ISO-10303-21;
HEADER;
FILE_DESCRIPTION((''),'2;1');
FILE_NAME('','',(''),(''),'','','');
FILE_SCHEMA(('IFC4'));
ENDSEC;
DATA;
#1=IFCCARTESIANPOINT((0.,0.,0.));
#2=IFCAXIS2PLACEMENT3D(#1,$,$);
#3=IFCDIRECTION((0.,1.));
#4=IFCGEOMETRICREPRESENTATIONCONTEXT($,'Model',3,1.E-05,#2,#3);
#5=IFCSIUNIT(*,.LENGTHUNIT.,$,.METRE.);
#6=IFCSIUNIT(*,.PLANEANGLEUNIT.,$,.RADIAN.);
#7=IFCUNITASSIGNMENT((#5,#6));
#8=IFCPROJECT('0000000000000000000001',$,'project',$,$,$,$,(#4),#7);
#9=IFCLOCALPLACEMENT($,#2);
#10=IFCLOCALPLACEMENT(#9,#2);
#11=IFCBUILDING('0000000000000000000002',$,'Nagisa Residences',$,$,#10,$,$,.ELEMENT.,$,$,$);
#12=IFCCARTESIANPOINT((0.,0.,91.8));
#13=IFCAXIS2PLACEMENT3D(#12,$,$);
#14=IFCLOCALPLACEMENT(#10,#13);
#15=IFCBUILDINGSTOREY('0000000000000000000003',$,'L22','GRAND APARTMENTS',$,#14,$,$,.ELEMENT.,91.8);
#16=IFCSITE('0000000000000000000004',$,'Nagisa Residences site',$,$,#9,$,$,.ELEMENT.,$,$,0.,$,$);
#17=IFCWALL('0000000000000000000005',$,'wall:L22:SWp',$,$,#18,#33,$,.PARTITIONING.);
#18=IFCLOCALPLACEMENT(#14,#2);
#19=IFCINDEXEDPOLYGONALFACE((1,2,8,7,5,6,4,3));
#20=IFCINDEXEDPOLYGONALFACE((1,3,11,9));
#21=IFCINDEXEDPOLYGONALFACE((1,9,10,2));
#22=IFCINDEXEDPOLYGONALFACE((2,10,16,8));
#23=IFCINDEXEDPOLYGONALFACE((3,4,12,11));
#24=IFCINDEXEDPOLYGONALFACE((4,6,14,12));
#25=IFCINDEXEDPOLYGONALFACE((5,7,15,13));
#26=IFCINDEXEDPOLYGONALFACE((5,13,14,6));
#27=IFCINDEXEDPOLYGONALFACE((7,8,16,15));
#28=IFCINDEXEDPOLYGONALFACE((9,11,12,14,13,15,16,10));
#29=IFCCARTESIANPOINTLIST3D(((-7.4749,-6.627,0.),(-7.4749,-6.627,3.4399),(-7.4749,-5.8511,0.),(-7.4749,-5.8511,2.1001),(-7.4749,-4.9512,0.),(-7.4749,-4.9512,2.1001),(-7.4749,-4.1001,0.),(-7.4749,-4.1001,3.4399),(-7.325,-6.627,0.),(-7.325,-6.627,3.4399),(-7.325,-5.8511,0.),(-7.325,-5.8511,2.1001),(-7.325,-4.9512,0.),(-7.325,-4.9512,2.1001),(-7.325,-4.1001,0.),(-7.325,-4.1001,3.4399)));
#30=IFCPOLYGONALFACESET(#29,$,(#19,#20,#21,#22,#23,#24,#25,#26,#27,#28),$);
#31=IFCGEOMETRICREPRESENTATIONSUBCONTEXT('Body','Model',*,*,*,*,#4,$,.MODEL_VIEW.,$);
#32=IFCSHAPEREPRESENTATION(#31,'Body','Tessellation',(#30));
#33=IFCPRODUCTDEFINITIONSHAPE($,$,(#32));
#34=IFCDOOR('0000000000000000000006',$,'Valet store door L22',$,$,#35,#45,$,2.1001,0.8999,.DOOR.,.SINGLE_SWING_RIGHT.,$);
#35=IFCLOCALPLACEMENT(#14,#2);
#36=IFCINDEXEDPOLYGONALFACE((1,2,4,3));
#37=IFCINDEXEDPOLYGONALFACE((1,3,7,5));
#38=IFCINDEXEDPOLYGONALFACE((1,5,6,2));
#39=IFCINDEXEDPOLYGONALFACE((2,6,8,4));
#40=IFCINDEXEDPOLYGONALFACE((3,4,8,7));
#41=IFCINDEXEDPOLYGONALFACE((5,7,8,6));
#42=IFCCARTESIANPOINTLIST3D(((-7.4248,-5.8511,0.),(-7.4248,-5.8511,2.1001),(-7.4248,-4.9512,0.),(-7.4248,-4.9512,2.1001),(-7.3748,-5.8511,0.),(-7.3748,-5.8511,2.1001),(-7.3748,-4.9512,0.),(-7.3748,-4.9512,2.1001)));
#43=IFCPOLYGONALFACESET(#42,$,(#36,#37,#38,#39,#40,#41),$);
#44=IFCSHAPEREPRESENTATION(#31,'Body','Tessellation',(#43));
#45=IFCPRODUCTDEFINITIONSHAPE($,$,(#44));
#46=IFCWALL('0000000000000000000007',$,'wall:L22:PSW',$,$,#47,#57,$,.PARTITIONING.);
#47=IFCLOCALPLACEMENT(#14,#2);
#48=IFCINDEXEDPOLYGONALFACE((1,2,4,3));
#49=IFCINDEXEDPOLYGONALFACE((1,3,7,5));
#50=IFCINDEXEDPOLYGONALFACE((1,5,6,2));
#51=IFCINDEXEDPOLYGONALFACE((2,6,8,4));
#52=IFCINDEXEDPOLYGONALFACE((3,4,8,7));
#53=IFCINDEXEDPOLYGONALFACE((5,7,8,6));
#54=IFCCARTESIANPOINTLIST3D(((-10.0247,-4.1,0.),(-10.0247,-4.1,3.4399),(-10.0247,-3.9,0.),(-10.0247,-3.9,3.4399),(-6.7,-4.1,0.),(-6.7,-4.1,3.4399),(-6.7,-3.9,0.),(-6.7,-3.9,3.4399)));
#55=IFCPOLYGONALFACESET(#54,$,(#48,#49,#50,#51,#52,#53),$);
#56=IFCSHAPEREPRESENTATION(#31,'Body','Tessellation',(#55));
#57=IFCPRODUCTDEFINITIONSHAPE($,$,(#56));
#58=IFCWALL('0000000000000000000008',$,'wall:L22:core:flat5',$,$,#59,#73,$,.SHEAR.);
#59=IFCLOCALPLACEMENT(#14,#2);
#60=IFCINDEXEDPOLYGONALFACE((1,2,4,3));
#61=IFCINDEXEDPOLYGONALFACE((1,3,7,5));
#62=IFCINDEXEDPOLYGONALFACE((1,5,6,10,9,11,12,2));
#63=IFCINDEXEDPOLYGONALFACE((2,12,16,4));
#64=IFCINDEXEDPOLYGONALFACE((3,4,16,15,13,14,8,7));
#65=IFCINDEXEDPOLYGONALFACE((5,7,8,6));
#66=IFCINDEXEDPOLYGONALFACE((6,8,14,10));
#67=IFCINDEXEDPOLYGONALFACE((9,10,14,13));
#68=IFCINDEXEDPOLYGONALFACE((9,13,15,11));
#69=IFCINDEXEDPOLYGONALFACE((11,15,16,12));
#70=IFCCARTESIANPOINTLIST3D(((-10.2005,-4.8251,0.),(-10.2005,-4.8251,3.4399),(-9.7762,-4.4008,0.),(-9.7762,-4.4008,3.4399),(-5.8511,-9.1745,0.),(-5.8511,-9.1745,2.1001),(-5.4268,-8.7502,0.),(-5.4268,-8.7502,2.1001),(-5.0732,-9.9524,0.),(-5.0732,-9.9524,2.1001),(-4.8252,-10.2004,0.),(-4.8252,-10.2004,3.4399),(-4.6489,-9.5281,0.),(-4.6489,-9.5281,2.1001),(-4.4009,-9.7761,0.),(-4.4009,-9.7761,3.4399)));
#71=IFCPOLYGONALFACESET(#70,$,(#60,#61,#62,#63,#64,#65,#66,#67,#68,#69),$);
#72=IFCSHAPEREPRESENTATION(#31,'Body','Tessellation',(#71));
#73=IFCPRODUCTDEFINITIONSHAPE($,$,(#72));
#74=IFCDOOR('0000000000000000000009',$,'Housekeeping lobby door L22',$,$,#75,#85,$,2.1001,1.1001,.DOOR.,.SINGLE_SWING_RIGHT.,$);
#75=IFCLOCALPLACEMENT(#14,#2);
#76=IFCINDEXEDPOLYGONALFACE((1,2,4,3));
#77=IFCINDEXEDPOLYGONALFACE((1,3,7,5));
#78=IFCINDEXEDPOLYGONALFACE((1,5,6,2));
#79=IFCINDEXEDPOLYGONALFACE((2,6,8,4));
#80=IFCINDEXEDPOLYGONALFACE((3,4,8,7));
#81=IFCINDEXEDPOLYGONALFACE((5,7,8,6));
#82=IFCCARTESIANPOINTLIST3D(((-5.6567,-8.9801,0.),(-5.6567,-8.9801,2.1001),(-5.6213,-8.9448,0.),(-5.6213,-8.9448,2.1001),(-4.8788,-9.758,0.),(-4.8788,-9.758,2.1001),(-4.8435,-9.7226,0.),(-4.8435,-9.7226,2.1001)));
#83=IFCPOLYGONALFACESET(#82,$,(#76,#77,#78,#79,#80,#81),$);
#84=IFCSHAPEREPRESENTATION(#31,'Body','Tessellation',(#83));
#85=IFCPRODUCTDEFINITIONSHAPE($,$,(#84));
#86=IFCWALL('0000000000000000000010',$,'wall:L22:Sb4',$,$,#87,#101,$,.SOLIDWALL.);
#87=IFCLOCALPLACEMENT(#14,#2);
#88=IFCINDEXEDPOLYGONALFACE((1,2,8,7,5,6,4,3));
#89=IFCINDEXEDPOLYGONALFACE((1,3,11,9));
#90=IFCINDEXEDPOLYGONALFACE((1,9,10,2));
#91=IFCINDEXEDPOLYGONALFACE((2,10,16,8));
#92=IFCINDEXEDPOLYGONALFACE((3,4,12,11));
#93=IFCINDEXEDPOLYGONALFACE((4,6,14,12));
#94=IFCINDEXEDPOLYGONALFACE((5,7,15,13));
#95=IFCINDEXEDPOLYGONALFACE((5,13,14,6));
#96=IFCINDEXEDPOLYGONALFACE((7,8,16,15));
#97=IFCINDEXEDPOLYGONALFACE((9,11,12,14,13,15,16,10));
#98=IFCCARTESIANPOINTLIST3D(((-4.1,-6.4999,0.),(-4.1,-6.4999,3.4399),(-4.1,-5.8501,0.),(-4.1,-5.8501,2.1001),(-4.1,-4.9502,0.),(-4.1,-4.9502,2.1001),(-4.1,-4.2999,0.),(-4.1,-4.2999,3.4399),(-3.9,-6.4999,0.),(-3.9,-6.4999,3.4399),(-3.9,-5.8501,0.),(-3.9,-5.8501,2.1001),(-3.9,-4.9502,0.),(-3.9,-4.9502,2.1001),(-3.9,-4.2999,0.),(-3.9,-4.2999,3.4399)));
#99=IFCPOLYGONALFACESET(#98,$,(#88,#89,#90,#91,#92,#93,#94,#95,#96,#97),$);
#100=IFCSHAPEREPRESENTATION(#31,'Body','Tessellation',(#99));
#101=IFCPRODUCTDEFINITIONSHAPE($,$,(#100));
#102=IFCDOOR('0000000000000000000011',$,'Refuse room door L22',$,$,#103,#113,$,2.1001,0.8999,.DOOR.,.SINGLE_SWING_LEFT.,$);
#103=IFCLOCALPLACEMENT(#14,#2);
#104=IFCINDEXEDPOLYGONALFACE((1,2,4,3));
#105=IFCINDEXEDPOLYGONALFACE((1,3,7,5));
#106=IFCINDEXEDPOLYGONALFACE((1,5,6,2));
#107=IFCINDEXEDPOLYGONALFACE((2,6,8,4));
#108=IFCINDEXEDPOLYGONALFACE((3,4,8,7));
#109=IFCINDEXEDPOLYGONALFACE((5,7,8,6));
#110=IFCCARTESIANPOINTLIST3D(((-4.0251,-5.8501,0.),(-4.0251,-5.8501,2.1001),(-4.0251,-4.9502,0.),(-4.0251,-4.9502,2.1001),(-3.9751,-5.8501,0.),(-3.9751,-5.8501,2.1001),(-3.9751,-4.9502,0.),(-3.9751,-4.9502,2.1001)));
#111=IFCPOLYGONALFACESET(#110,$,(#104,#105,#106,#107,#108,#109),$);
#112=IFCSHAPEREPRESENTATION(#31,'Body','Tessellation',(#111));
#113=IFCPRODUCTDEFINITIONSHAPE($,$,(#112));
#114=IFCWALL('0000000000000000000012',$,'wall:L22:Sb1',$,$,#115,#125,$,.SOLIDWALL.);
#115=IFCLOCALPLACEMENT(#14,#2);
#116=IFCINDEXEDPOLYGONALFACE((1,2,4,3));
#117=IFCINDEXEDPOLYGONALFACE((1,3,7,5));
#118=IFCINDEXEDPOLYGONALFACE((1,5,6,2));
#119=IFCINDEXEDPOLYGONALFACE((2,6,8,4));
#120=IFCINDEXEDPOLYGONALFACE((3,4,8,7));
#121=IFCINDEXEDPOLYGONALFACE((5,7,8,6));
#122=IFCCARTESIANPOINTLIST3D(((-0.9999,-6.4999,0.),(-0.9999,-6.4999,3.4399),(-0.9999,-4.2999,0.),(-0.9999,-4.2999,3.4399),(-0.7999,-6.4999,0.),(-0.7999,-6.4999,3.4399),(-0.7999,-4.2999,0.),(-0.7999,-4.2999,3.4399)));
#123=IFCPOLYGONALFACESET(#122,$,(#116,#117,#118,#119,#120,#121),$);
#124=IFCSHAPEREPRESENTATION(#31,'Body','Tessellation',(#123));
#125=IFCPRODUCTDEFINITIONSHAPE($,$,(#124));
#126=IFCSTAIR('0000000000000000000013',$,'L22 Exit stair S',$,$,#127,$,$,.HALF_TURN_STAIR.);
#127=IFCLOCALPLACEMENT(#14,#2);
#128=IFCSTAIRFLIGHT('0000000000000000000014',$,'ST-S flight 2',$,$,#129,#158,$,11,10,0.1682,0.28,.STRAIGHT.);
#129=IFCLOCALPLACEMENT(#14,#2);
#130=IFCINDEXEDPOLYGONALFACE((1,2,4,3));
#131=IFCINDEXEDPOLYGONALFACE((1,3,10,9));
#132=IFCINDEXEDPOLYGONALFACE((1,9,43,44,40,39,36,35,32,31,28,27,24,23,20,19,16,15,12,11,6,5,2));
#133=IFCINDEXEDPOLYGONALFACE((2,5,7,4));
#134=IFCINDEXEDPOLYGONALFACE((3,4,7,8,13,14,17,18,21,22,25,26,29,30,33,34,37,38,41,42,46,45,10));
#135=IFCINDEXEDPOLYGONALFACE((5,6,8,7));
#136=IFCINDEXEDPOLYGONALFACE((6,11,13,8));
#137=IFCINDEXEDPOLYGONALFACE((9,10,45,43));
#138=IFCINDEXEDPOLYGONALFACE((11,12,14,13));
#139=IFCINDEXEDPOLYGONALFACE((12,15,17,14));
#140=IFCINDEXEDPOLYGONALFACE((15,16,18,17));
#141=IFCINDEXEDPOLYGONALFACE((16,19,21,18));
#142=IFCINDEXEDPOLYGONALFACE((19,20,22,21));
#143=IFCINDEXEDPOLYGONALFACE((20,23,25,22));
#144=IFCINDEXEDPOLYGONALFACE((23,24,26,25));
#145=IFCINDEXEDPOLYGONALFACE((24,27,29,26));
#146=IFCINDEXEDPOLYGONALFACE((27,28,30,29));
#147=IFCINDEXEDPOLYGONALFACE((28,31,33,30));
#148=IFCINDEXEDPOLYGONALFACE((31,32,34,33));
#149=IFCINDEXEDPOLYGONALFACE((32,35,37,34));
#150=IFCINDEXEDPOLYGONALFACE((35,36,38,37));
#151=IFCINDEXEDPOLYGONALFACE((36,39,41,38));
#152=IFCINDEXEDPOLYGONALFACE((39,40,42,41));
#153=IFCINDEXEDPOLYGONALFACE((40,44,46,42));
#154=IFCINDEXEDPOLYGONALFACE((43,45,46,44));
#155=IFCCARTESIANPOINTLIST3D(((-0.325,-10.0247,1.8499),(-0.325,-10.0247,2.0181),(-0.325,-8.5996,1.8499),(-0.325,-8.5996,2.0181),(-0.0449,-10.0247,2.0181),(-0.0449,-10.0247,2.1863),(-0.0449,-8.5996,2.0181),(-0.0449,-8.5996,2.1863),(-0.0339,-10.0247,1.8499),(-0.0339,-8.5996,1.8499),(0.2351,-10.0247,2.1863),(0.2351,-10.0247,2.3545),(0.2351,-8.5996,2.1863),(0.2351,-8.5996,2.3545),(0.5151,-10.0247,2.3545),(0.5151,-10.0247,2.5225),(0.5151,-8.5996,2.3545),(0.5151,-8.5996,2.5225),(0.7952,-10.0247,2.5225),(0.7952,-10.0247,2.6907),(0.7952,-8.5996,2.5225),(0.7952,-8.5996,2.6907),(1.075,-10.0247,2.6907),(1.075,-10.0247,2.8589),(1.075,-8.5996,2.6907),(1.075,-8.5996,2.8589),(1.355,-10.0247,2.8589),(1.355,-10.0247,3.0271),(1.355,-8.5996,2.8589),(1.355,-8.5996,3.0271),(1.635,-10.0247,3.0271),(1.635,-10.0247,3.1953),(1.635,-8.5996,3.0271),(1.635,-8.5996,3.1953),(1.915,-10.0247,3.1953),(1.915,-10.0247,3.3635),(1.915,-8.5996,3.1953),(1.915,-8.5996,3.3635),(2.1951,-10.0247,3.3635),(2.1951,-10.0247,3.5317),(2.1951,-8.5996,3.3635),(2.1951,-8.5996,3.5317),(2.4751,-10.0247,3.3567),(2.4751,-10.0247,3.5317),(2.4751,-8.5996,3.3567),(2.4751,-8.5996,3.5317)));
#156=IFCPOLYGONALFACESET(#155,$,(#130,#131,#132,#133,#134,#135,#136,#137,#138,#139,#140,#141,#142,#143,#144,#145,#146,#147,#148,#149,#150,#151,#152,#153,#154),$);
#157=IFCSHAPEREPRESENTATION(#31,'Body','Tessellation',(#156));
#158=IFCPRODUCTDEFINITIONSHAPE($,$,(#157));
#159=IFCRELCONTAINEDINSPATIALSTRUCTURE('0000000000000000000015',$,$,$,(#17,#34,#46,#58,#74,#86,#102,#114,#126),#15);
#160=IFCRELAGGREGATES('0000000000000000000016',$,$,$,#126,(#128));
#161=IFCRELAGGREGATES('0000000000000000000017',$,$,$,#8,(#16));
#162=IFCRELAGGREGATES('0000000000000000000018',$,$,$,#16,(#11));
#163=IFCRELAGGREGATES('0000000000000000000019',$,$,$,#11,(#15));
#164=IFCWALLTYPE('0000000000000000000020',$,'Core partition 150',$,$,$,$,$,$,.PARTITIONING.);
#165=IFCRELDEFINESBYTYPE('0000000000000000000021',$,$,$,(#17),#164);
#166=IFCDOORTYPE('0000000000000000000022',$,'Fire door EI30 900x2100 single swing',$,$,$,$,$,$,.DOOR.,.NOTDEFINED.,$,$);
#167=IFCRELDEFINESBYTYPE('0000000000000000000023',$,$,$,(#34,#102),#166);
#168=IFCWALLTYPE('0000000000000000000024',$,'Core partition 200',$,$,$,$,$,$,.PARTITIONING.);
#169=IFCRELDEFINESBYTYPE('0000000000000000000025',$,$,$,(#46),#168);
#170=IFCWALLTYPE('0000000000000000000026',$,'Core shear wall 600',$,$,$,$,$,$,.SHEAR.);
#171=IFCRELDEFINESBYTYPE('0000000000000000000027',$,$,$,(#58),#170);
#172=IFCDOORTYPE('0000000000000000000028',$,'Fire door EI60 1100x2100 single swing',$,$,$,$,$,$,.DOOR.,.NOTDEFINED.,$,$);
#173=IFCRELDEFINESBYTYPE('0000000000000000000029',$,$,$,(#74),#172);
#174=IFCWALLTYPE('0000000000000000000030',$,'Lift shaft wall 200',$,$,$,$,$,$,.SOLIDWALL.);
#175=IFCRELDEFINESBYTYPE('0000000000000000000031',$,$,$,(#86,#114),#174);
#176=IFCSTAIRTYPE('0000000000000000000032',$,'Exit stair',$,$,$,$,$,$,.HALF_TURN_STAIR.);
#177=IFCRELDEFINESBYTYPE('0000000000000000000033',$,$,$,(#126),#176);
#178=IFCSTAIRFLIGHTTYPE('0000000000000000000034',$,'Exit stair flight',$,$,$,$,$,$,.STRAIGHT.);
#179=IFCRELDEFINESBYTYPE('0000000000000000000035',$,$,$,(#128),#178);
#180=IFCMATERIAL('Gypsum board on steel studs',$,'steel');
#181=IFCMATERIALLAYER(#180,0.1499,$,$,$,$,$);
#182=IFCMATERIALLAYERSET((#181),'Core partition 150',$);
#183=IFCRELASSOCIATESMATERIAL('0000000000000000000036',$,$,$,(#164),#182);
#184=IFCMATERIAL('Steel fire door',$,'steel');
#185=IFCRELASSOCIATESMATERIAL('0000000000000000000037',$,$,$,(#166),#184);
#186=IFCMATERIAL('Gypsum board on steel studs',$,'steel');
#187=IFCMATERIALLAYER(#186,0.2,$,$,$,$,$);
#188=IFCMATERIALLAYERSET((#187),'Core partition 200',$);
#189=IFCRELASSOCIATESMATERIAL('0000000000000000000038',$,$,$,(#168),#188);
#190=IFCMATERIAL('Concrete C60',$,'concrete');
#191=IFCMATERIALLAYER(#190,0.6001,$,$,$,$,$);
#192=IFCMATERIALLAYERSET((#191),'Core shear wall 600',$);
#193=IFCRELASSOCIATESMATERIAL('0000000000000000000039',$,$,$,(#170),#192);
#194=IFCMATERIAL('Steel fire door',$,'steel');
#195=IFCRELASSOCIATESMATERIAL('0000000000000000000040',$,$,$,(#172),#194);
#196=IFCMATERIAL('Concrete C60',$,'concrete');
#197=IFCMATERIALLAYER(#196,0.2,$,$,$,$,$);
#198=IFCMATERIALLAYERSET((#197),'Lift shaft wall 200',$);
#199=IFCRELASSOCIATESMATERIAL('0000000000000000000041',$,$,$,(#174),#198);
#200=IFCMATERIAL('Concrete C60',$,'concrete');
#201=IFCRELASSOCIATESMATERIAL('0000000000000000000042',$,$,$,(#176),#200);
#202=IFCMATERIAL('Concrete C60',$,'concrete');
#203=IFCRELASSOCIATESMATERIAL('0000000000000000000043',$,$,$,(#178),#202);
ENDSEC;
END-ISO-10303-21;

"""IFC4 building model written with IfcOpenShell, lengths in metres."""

from ifc_helpers import new_model, si_unit, direction, frame, frame_2d, origin, place, context, subcontext, project, spatial, polyline, rectangle, outline, extrude, material, layer, layer_set, type_object, element, fill, aggregate, save


model = new_model("IFC4")

# Units and contexts
model_context = context("Model", 3, precision=1e-05, world=origin(), true_north=direction((0.0, 1.0)))
body_context = subcontext(model_context, "Body", "Model", "MODEL_VIEW")
ifc_project = project(units=[si_unit("LENGTHUNIT", "METRE"), si_unit("PLANEANGLEUNIT", "RADIAN")], contexts=[model_context])

# Site, building, storey
site_placement = place(None, origin())
site = spatial("IfcSite", under=ifc_project, at=site_placement, Name="Nagisa Residences site", CompositionType="ELEMENT", RefElevation=0.0)
building_placement = place(site_placement, origin())
building = spatial("IfcBuilding", under=site, at=building_placement, Name="Nagisa Residences", CompositionType="ELEMENT")
storey_placement = place(building_placement, frame((0.0, 0.0, 91.8)))
storey = spatial("IfcBuildingStorey", under=building, at=storey_placement, Name="L22", Description="GRAND APARTMENTS", CompositionType="ELEMENT", Elevation=91.8)

# Wall, opening, door
ifc_material_1 = material(Name="Gypsum board on steel studs", Category="steel")
ifc_layer_1 = layer(ifc_material_1, 0.1499)
ifc_layer_set_1 = layer_set([ifc_layer_1], Name="Core partition 150")
wall_type_1 = type_object("IfcWallType", Name="Core partition 150", PredefinedType="PARTITIONING", material=ifc_layer_set_1)
wall_1_placement = place(storey_placement, frame((-7.3999, -6.627, 0.0), z_axis=(0.0, 0.0, 1.0), x_axis=(0.0, 1.0, 0.0)))
wall_1 = element("IfcWall", 1, at=wall_1_placement, inside=storey, type_object=wall_type_1, Name="wall:L22:SWp", PredefinedType="PARTITIONING", context=body_context, shape_type="SweptSolid", body=[
    extrude(rectangle(XDim=2.5269, YDim=0.1499, at=frame_2d((1.2634, 0.0))), origin(), (0.0, 0.0, 1.0), 3.4399),
])
opening_1_placement = place(wall_1_placement, frame((0.7759, 0.0, 0.0)))
opening_1 = element("IfcOpeningElement", 2, at=opening_1_placement, cuts=wall_1, PredefinedType="OPENING", context=body_context, shape_type="SweptSolid", body=[
    extrude(rectangle(XDim=0.8999, YDim=2.1001, at=frame_2d((0.45, 1.05))), frame((0.0, 0.085, 0.0), z_axis=(0.0, -1.0, 0.0), x_axis=(1.0, 0.0, 0.0)), (0.0, 0.0, 1.0), 0.1699),
])
ifc_material_2 = material(Name="Steel fire door", Category="steel")
door_type_1 = type_object("IfcDoorType", Name="Fire door EI30 900x2100 single swing", OperationType="NOTDEFINED", PredefinedType="DOOR", material=ifc_material_2)
door_1_placement = place(opening_1_placement, origin())
door_1 = element("IfcDoor", 3, at=door_1_placement, inside=storey, type_object=door_type_1, Name="Valet store door L22", OperationType="SINGLE_SWING_RIGHT", OverallHeight=2.1001, OverallWidth=0.8999, PredefinedType="DOOR", context=body_context, shape_type="SweptSolid", body=[
    extrude(rectangle(XDim=0.8999, YDim=2.1001, at=frame_2d((0.45, 1.05))), frame((0.0, 0.0249, 0.0), z_axis=(0.0, -1.0, 0.0), x_axis=(1.0, 0.0, 0.0)), (0.0, 0.0, 1.0), 0.05),
])
fill(opening_1, door_1)

# Wall
ifc_material_3 = material(Name="Gypsum board on steel studs", Category="steel")
ifc_layer_2 = layer(ifc_material_3, 0.2)
ifc_layer_set_2 = layer_set([ifc_layer_2], Name="Core partition 200")
wall_type_2 = type_object("IfcWallType", Name="Core partition 200", PredefinedType="PARTITIONING", material=ifc_layer_set_2)
wall_2_placement = place(storey_placement, frame((-10.0247, -4.0, 0.0), z_axis=(0.0, 0.0, 1.0), x_axis=(1.0, 0.0, 0.0)))
element("IfcWall", 4, at=wall_2_placement, inside=storey, type_object=wall_type_2, Name="wall:L22:PSW", PredefinedType="PARTITIONING", context=body_context, shape_type="SweptSolid", body=[
    extrude(rectangle(XDim=3.3247, YDim=0.2, at=frame_2d((1.6624, 0.0))), origin(), (0.0, 0.0, 1.0), 3.4399),
])

# Walls, openings, doors
ifc_material_4 = material(Name="Concrete C60", Category="concrete")
ifc_layer_3 = layer(ifc_material_4, 0.6001)
ifc_layer_set_3 = layer_set([ifc_layer_3], Name="Core shear wall 600")
wall_type_3 = type_object("IfcWallType", Name="Core shear wall 600", PredefinedType="SHEAR", material=ifc_layer_set_3)
wall_3_placement = place(storey_placement, frame((-9.9883, -4.613, 0.0), z_axis=(0.0, 0.0, 1.0), x_axis=(0.707107, -0.707107, 0.0)))
wall_3 = element("IfcWall", 5, at=wall_3_placement, inside=storey, type_object=wall_type_3, Name="wall:L22:core:flat5", PredefinedType="SHEAR", context=body_context, shape_type="SweptSolid", body=[
    extrude(rectangle(XDim=7.6018, YDim=0.6001, at=frame_2d((3.8008, 0.0))), origin(), (0.0, 0.0, 1.0), 3.4399),
])
opening_2_placement = place(wall_3_placement, frame((6.1509, 0.0, 0.0)))
opening_2 = element("IfcOpeningElement", 6, at=opening_2_placement, cuts=wall_3, PredefinedType="OPENING", context=body_context, shape_type="SweptSolid", body=[
    extrude(rectangle(XDim=1.1001, YDim=2.1001, at=frame_2d((0.55, 1.05))), frame((0.0, 0.3101, 0.0), z_axis=(0.0, -1.0, 0.0), x_axis=(1.0, 0.0, 0.0)), (0.0, 0.0, 1.0), 0.6201),
])
ifc_material_5 = material(Name="Steel fire door", Category="steel")
door_type_2 = type_object("IfcDoorType", Name="Fire door EI60 1100x2100 single swing", OperationType="NOTDEFINED", PredefinedType="DOOR", material=ifc_material_5)
door_2_placement = place(opening_2_placement, origin())
door_2 = element("IfcDoor", 7, at=door_2_placement, inside=storey, type_object=door_type_2, Name="Housekeeping lobby door L22", OperationType="SINGLE_SWING_RIGHT", OverallHeight=2.1001, OverallWidth=1.1001, PredefinedType="DOOR", context=body_context, shape_type="SweptSolid", body=[
    extrude(rectangle(XDim=1.1001, YDim=2.1001, at=frame_2d((0.55, 1.05))), frame((0.0, 0.0249, 0.0), z_axis=(0.0, -1.0, 0.0), x_axis=(1.0, 0.0, 0.0)), (0.0, 0.0, 1.0), 0.05),
])
fill(opening_2, door_2)
ifc_material_6 = material(Name="Concrete C60", Category="concrete")
ifc_layer_4 = layer(ifc_material_6, 0.2)
ifc_layer_set_4 = layer_set([ifc_layer_4], Name="Lift shaft wall 200")
wall_type_4 = type_object("IfcWallType", Name="Lift shaft wall 200", PredefinedType="SOLIDWALL", material=ifc_layer_set_4)
wall_4_placement = place(storey_placement, frame((-4.0, -6.5, 0.0), z_axis=(0.0, 0.0, 1.0), x_axis=(0.0, 1.0, 0.0)))
wall_4 = element("IfcWall", 8, at=wall_4_placement, inside=storey, type_object=wall_type_4, Name="wall:L22:Sb4", PredefinedType="SOLIDWALL", context=body_context, shape_type="SweptSolid", body=[
    extrude(rectangle(XDim=2.2, YDim=0.2, at=frame_2d((1.1001, 0.0))), origin(), (0.0, 0.0, 1.0), 3.4399),
])
opening_3_placement = place(wall_4_placement, frame((0.6499, 0.0, 0.0)))
opening_3 = element("IfcOpeningElement", 9, at=opening_3_placement, cuts=wall_4, PredefinedType="OPENING", context=body_context, shape_type="SweptSolid", body=[
    extrude(rectangle(XDim=0.8999, YDim=2.1001, at=frame_2d((0.45, 1.05))), frame((0.0, 0.1099, 0.0), z_axis=(0.0, -1.0, 0.0), x_axis=(1.0, 0.0, 0.0)), (0.0, 0.0, 1.0), 0.22),
])
door_3_placement = place(opening_3_placement, frame((0.8999, 0.0, 0.0), x_axis=(-1.0, 0.0, 0.0)))
door_3 = element("IfcDoor", 10, at=door_3_placement, inside=storey, type_object=door_type_1, Name="Refuse room door L22", OperationType="SINGLE_SWING_LEFT", OverallHeight=2.1001, OverallWidth=0.8999, PredefinedType="DOOR", context=body_context, shape_type="SweptSolid", body=[
    extrude(rectangle(XDim=0.8999, YDim=2.1001, at=frame_2d((0.45, 1.05))), frame((0.0, 0.0249, 0.0), z_axis=(0.0, -1.0, 0.0), x_axis=(1.0, 0.0, 0.0)), (0.0, 0.0, 1.0), 0.05),
])
fill(opening_3, door_3)

# Wall
wall_5_placement = place(storey_placement, frame((-0.8999, -6.5, 0.0), z_axis=(0.0, 0.0, 1.0), x_axis=(0.0, 1.0, 0.0)))
element("IfcWall", 11, at=wall_5_placement, inside=storey, type_object=wall_type_4, Name="wall:L22:Sb1", PredefinedType="SOLIDWALL", context=body_context, shape_type="SweptSolid", body=[
    extrude(rectangle(XDim=2.2, YDim=0.2, at=frame_2d((1.1001, 0.0))), origin(), (0.0, 0.0, 1.0), 3.4399),
])

# Stair, stair flight
ifc_material_7 = material(Name="Concrete C60", Category="concrete")
stair_type = type_object("IfcStairType", Name="Exit stair", PredefinedType="HALF_TURN_STAIR", material=ifc_material_7)
stair_placement = place(storey_placement, origin())
stair = element("IfcStair", 12, at=stair_placement, inside=storey, type_object=stair_type, Name="L22 Exit stair S", PredefinedType="HALF_TURN_STAIR")
ifc_material_8 = material(Name="Concrete C60", Category="concrete")
stair_flight_type = type_object("IfcStairFlightType", Name="Exit stair flight", PredefinedType="STRAIGHT", material=ifc_material_8)
stair_flight_placement = place(storey_placement, frame((-0.325, -9.312, 1.8499), z_axis=(0.0, 0.0, 1.0), x_axis=(1.0, 0.0, 0.0)))
stair_flight = element("IfcStairFlight", 13, at=stair_flight_placement, type_object=stair_flight_type, Name="ST-S flight 2", NumberOfRisers=11, NumberOfTreads=10, PredefinedType="STRAIGHT", RiserHeight=0.1682, TreadLength=0.28, context=body_context, shape_type="SweptSolid", body=[
    extrude(outline(polyline([(0.0, 0.0), (0.0, 0.1682), (0.28, 0.1682), (0.28, 0.3364), (0.5601, 0.3364), (0.5601, 0.5046), (0.8401, 0.5046), (0.8401, 0.6726), (1.1201, 0.6726), (1.1201, 0.8408), (1.3999, 0.8408), (1.3999, 1.009), (1.6799, 1.009), (1.6799, 1.1772), (1.96, 1.1772), (1.96, 1.3455), (2.24, 1.3455), (2.24, 1.5137), (2.52, 1.5137), (2.52, 1.6819), (2.8, 1.6819), (2.8, 1.8501), (2.8, 1.5068), (0.291, 0.0), (0.0, 0.0)])), frame((0.0, 0.7124, 0.0), z_axis=(0.0, -1.0, 0.0), x_axis=(1.0, 0.0, 0.0)), (0.0, 0.0, 1.0), 1.425),
])
aggregate(stair, [stair_flight])

save(model, "model.ifc")
